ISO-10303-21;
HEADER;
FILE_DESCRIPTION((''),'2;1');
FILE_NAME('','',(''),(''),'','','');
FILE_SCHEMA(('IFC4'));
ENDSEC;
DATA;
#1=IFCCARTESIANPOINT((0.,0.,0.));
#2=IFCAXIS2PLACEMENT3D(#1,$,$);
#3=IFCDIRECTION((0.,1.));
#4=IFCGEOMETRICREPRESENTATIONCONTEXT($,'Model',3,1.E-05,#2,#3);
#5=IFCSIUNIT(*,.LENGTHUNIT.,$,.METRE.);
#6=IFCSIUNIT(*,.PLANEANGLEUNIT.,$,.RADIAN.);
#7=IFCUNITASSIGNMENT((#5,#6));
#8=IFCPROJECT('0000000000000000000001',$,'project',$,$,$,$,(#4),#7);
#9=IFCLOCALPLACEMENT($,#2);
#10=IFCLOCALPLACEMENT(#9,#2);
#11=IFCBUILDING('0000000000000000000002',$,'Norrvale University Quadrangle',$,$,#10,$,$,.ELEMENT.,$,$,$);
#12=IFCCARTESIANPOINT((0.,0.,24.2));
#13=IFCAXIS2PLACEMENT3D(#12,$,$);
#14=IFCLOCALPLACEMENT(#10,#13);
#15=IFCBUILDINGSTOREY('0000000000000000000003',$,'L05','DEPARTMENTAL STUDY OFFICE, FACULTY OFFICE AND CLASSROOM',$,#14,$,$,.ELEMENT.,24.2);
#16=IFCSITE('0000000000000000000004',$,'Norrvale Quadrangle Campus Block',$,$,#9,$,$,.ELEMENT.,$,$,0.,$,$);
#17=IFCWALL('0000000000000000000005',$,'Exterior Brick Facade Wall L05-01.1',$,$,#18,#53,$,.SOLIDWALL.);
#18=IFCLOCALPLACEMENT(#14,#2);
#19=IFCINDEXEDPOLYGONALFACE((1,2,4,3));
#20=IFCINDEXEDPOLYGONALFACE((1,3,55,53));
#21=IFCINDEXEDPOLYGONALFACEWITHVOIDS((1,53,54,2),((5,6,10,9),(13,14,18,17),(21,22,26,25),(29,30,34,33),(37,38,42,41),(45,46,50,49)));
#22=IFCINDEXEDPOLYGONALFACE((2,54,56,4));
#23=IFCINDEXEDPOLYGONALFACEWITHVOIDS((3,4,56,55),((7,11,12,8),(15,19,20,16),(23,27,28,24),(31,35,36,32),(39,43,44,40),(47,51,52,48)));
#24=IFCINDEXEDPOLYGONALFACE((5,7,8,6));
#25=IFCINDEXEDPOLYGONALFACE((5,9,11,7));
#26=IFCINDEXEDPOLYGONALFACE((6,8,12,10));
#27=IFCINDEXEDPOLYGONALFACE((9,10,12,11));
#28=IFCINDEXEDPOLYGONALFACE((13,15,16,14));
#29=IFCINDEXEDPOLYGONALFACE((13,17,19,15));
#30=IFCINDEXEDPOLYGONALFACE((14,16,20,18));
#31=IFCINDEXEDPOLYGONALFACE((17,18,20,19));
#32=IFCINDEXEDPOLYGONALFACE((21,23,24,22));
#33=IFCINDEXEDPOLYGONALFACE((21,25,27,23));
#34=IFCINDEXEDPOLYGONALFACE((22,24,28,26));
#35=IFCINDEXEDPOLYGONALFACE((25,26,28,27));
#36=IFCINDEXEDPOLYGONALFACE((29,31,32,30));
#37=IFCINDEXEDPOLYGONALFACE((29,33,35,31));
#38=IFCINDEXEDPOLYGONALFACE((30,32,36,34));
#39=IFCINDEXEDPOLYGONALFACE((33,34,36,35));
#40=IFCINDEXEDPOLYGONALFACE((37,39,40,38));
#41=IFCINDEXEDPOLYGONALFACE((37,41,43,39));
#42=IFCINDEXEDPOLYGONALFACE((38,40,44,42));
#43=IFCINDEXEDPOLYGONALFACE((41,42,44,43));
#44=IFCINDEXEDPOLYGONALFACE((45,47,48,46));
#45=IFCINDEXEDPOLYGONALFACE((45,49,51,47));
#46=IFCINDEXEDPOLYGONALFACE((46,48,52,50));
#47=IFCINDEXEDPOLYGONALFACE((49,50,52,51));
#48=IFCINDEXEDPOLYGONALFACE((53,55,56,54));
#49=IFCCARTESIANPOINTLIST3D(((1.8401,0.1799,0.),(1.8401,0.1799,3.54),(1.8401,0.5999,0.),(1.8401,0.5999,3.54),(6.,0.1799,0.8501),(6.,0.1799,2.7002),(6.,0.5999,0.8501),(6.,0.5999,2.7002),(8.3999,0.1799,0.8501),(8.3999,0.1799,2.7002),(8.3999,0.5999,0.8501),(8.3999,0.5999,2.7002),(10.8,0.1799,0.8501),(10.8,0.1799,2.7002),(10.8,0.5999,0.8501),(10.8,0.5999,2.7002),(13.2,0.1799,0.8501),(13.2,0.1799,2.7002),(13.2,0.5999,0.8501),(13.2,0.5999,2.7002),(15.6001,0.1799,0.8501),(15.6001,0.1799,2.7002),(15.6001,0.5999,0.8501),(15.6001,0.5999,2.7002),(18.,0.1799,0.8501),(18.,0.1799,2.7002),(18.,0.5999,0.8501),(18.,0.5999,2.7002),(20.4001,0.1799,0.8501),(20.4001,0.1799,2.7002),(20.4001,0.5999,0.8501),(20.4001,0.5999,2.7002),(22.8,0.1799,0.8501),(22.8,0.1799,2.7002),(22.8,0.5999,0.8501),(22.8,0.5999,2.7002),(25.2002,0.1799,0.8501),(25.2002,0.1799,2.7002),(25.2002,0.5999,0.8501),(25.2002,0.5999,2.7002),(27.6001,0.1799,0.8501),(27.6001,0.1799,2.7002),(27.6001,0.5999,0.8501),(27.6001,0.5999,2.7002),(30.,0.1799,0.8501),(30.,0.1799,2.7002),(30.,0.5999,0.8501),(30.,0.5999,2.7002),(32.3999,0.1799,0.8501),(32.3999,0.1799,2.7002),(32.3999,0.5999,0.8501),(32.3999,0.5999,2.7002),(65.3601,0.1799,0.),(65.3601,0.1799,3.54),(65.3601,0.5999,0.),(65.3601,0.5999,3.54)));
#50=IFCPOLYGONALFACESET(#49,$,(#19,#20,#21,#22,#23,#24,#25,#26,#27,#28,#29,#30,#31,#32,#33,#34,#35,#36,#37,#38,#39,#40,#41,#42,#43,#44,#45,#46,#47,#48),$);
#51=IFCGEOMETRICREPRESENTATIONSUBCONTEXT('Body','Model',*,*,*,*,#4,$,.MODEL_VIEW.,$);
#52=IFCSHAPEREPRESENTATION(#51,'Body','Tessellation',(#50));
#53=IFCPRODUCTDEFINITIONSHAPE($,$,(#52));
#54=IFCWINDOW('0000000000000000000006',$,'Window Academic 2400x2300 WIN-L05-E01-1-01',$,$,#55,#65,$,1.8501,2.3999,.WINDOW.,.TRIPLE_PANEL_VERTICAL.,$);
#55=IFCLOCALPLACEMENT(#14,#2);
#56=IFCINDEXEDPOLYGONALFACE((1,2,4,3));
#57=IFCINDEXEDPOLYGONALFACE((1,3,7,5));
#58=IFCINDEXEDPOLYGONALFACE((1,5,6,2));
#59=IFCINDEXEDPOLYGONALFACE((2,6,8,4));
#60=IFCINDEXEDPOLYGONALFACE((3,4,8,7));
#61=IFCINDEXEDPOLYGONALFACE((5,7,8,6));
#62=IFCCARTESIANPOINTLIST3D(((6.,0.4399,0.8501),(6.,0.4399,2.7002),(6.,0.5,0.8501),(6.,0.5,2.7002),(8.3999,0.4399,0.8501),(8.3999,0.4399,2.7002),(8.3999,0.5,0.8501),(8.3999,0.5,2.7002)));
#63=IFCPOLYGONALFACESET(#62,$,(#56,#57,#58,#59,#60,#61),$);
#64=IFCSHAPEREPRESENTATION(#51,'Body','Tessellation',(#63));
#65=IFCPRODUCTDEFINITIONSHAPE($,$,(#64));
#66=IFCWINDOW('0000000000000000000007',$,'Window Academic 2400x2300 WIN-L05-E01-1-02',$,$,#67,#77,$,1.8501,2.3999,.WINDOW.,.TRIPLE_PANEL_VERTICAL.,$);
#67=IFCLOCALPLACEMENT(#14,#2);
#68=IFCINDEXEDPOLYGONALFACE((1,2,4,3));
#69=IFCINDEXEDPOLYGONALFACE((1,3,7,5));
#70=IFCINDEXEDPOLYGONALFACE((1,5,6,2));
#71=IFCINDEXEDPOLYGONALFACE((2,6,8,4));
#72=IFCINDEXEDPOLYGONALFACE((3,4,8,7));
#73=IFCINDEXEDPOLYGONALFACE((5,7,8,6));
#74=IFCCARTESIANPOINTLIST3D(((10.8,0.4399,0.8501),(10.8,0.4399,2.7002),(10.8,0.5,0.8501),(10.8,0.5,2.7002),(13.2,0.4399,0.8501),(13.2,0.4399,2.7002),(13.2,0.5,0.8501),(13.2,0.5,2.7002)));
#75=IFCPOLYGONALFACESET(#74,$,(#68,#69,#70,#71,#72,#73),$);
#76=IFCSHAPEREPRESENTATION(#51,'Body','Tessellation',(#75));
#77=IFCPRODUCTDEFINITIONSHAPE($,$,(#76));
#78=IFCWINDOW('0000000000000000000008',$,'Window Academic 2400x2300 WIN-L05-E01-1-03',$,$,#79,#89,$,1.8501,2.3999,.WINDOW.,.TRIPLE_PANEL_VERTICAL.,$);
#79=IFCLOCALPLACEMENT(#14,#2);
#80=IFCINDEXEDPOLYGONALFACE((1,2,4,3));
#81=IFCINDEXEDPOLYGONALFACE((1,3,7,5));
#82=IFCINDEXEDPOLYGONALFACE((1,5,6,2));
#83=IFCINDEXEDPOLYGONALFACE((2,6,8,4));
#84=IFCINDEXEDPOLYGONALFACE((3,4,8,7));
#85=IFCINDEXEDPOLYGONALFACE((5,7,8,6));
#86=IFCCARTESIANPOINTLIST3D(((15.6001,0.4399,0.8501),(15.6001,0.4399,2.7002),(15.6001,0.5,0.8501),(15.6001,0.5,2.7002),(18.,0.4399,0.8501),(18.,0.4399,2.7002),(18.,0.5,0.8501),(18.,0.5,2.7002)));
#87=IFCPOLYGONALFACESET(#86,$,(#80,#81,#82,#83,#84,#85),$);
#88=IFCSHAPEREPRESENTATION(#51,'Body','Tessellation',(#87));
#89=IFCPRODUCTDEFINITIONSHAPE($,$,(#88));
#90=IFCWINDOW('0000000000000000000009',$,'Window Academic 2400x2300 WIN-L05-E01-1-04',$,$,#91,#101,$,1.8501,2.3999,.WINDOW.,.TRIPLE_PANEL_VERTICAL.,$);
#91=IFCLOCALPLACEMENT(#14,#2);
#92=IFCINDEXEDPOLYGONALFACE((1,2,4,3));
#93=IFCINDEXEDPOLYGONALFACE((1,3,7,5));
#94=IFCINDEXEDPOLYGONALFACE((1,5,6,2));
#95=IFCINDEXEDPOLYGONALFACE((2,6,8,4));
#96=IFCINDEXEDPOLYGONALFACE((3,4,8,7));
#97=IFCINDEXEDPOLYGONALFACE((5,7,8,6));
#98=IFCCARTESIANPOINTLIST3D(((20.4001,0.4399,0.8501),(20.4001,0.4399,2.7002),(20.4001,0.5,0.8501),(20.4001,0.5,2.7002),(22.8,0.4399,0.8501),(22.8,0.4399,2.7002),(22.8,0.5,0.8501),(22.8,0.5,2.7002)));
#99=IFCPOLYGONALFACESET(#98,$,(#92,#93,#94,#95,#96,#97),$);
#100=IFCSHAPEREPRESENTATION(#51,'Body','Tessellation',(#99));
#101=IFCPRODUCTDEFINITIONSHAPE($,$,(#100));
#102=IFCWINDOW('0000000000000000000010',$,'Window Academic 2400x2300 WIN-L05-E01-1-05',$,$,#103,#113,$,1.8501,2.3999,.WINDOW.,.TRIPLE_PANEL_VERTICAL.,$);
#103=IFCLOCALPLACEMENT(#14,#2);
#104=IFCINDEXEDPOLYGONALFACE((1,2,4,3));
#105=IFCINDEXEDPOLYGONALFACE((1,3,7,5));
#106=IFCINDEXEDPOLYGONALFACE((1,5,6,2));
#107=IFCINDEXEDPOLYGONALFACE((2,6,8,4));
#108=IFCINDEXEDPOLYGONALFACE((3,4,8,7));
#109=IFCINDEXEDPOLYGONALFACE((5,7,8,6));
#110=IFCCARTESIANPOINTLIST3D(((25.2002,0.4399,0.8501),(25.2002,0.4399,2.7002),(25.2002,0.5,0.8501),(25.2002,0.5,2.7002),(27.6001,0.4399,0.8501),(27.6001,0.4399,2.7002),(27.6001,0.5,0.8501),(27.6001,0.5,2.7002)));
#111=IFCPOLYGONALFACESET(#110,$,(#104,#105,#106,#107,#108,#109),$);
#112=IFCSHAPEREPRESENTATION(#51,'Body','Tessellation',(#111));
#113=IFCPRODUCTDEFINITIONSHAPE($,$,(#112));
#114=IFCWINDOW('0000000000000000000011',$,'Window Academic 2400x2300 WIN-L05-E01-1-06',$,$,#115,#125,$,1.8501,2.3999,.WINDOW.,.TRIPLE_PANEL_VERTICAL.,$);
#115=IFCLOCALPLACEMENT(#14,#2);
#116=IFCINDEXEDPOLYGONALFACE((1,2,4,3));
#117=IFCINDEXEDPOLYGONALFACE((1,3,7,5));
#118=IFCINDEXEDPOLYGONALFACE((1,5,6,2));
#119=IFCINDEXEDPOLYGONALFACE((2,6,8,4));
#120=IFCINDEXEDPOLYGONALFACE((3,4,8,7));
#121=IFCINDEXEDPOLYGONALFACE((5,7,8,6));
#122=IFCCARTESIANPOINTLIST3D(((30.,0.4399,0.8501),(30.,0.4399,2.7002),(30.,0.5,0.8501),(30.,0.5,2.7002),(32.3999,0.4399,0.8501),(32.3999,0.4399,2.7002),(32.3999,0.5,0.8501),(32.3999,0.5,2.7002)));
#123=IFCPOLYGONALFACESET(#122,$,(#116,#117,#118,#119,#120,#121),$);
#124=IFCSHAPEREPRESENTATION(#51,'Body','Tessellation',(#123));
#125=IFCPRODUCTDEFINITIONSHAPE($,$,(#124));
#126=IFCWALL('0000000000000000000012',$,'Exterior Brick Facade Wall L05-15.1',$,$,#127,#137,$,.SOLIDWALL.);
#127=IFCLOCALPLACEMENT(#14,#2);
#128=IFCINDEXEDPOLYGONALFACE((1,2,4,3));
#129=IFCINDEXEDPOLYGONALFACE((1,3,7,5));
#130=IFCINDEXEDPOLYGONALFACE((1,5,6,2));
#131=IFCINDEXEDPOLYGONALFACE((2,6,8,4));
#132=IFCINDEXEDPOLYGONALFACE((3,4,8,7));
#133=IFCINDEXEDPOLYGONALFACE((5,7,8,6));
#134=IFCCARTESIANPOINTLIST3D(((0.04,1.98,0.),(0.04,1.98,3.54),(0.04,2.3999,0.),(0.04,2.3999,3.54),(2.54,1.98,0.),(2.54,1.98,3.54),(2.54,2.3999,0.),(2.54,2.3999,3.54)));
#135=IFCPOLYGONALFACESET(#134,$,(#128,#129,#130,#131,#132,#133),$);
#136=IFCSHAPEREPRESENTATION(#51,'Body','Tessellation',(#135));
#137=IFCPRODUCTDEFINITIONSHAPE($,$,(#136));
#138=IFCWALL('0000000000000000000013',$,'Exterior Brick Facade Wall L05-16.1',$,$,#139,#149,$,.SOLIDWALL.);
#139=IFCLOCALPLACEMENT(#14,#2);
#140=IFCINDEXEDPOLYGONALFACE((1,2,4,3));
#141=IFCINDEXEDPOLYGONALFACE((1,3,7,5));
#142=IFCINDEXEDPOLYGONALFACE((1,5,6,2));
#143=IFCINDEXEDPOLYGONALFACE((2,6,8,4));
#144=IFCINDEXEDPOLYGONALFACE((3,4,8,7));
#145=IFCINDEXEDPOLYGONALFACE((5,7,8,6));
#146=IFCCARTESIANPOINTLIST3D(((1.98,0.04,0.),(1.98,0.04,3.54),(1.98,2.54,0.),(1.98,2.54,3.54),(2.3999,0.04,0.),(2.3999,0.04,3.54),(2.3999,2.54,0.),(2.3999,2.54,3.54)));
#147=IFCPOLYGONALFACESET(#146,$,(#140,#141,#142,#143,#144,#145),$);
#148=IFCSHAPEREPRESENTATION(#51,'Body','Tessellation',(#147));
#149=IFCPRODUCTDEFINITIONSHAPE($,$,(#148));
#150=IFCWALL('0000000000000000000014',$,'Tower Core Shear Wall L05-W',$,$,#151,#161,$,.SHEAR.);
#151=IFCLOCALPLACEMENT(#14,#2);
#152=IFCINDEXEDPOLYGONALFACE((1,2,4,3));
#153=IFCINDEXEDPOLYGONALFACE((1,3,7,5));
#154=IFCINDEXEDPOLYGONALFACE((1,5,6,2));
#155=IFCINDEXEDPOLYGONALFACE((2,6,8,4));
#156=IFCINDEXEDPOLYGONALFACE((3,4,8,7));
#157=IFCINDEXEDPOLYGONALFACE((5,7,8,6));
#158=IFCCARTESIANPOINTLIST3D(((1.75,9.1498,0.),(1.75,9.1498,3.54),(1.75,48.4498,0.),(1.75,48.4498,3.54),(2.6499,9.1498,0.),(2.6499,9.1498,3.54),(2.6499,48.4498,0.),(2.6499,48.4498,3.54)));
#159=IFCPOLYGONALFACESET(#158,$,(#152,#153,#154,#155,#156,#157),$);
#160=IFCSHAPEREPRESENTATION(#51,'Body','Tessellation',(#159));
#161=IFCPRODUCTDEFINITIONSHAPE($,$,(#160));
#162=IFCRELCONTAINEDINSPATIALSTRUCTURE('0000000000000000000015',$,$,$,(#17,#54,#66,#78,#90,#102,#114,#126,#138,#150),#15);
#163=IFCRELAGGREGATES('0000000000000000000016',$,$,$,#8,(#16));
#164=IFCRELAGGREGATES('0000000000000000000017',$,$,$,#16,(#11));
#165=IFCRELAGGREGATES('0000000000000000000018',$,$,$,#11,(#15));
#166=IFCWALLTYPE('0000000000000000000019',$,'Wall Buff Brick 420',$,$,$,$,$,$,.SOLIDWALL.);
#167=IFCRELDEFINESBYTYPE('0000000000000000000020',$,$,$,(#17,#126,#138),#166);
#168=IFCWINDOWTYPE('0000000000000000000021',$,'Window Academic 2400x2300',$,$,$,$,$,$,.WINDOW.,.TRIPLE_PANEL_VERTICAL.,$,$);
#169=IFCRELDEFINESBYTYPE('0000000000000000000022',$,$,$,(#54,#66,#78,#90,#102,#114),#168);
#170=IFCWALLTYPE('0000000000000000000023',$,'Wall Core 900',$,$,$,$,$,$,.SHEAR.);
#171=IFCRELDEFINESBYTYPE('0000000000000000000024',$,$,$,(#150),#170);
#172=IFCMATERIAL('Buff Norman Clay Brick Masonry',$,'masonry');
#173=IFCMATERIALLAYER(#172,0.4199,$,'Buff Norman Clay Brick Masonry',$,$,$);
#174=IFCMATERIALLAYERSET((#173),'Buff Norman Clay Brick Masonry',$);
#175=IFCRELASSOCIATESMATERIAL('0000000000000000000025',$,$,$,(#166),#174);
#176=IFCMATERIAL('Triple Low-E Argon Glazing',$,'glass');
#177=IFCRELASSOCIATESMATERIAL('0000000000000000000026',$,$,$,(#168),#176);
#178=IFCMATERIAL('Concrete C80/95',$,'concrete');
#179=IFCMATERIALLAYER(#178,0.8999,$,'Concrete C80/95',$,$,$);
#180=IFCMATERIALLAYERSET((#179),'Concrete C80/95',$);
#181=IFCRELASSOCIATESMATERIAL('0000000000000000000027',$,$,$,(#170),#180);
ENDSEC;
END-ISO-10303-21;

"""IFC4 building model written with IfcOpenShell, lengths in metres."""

from ifc_helpers import new_model, si_unit, direction, frame, frame_2d, origin, place, context, subcontext, project, spatial, rectangle, extrude, material, layer, layer_set, type_object, element, fill, save


model = new_model("IFC4")

# Units and contexts
model_context = context("Model", 3, precision=1e-05, world=origin(), true_north=direction((0.0, 1.0)))
body_context = subcontext(model_context, "Body", "Model", "MODEL_VIEW")
ifc_project = project(units=[si_unit("LENGTHUNIT", "METRE"), si_unit("PLANEANGLEUNIT", "RADIAN")], contexts=[model_context])

# Site, building, storey
site_placement = place(None, origin())
site = spatial("IfcSite", under=ifc_project, at=site_placement, Name="Norrvale Quadrangle Campus Block", CompositionType="ELEMENT", RefElevation=0.0)
building_placement = place(site_placement, origin())
building = spatial("IfcBuilding", under=site, at=building_placement, Name="Norrvale University Quadrangle", CompositionType="ELEMENT")
storey_placement = place(building_placement, frame((0.0, 0.0, 24.2)))
storey = spatial("IfcBuildingStorey", under=building, at=storey_placement, Name="L05", Description="DEPARTMENTAL STUDY OFFICE, FACULTY OFFICE AND CLASSROOM", CompositionType="ELEMENT", Elevation=24.2)

# Shared definitions
ifc_material_1 = material(Name="Concrete C80/95", Category="concrete")

# Wall, openings, windows
ifc_material_2 = material(Name="Buff Norman Clay Brick Masonry", Category="masonry")
ifc_layer_1 = layer(ifc_material_2, 0.4199, Name="Buff Norman Clay Brick Masonry")
ifc_layer_set_1 = layer_set([ifc_layer_1], Name="Buff Norman Clay Brick Masonry")
wall_type_1 = type_object("IfcWallType", Name="Wall Buff Brick 420", PredefinedType="SOLIDWALL", material=ifc_layer_set_1)
wall_1_placement = place(storey_placement, frame((1.8401, 0.3899, 0.0), z_axis=(0.0, 0.0, 1.0), x_axis=(1.0, 0.0, 0.0)))
wall_1 = element("IfcWall", 1, at=wall_1_placement, inside=storey, type_object=wall_type_1, Name="Exterior Brick Facade Wall L05-01.1", PredefinedType="SOLIDWALL", context=body_context, shape_type="SweptSolid", body=[
    extrude(rectangle(XDim=63.52, YDim=0.4199, at=frame_2d((31.76, 0.0))), origin(), (0.0, 0.0, 1.0), 3.54),
])
opening_1_placement = place(wall_1_placement, frame((4.1599, 0.0, 0.8501)))
opening_1 = element("IfcOpeningElement", 2, at=opening_1_placement, cuts=wall_1, PredefinedType="OPENING", context=body_context, shape_type="SweptSolid", body=[
    extrude(rectangle(XDim=2.3999, YDim=1.8501, at=frame_2d((1.2, 0.925))), frame((0.0, 0.2219, 0.0), z_axis=(0.0, -1.0, 0.0), x_axis=(1.0, 0.0, 0.0)), (0.0, 0.0, 1.0), 0.4438),
])
opening_2_placement = place(wall_1_placement, frame((8.96, 0.0, 0.8501)))
opening_2 = element("IfcOpeningElement", 3, at=opening_2_placement, cuts=wall_1, PredefinedType="OPENING", context=body_context, shape_type="SweptSolid", body=[
    extrude(rectangle(XDim=2.3999, YDim=1.8501, at=frame_2d((1.2, 0.925))), frame((0.0, 0.2219, 0.0), z_axis=(0.0, -1.0, 0.0), x_axis=(1.0, 0.0, 0.0)), (0.0, 0.0, 1.0), 0.4438),
])
opening_3_placement = place(wall_1_placement, frame((13.76, 0.0, 0.8501)))
opening_3 = element("IfcOpeningElement", 4, at=opening_3_placement, cuts=wall_1, PredefinedType="OPENING", context=body_context, shape_type="SweptSolid", body=[
    extrude(rectangle(XDim=2.3999, YDim=1.8501, at=frame_2d((1.2, 0.925))), frame((0.0, 0.2219, 0.0), z_axis=(0.0, -1.0, 0.0), x_axis=(1.0, 0.0, 0.0)), (0.0, 0.0, 1.0), 0.4438),
])
opening_4_placement = place(wall_1_placement, frame((18.5601, 0.0, 0.8501)))
opening_4 = element("IfcOpeningElement", 5, at=opening_4_placement, cuts=wall_1, PredefinedType="OPENING", context=body_context, shape_type="SweptSolid", body=[
    extrude(rectangle(XDim=2.3999, YDim=1.8501, at=frame_2d((1.2, 0.925))), frame((0.0, 0.2219, 0.0), z_axis=(0.0, -1.0, 0.0), x_axis=(1.0, 0.0, 0.0)), (0.0, 0.0, 1.0), 0.4438),
])
opening_5_placement = place(wall_1_placement, frame((23.3601, 0.0, 0.8501)))
opening_5 = element("IfcOpeningElement", 6, at=opening_5_placement, cuts=wall_1, PredefinedType="OPENING", context=body_context, shape_type="SweptSolid", body=[
    extrude(rectangle(XDim=2.3999, YDim=1.8501, at=frame_2d((1.2, 0.925))), frame((0.0, 0.2219, 0.0), z_axis=(0.0, -1.0, 0.0), x_axis=(1.0, 0.0, 0.0)), (0.0, 0.0, 1.0), 0.4438),
])
opening_6_placement = place(wall_1_placement, frame((28.1599, 0.0, 0.8501)))
opening_6 = element("IfcOpeningElement", 7, at=opening_6_placement, cuts=wall_1, PredefinedType="OPENING", context=body_context, shape_type="SweptSolid", body=[
    extrude(rectangle(XDim=2.3999, YDim=1.8501, at=frame_2d((1.2, 0.925))), frame((0.0, 0.2219, 0.0), z_axis=(0.0, -1.0, 0.0), x_axis=(1.0, 0.0, 0.0)), (0.0, 0.0, 1.0), 0.4438),
])
ifc_material_3 = material(Name="Triple Low-E Argon Glazing", Category="glass")
window_type = type_object("IfcWindowType", Name="Window Academic 2400x2300", PartitioningType="TRIPLE_PANEL_VERTICAL", PredefinedType="WINDOW", material=ifc_material_3)
window_1_placement = place(opening_1_placement, origin())
window_1 = element("IfcWindow", 8, at=window_1_placement, inside=storey, type_object=window_type, Name="Window Academic 2400x2300 WIN-L05-E01-1-01", OverallHeight=1.8501, OverallWidth=2.3999, PartitioningType="TRIPLE_PANEL_VERTICAL", PredefinedType="WINDOW", context=body_context, shape_type="SweptSolid", body=[
    extrude(rectangle(XDim=2.3999, YDim=1.8501, at=frame_2d((1.2, 0.925))), frame((0.0, 0.1101, 0.0), z_axis=(0.0, -1.0, 0.0), x_axis=(1.0, 0.0, 0.0)), (0.0, 0.0, 1.0), 0.0601),
])
fill(opening_1, window_1)
window_2_placement = place(opening_2_placement, origin())
window_2 = element("IfcWindow", 9, at=window_2_placement, inside=storey, type_object=window_type, Name="Window Academic 2400x2300 WIN-L05-E01-1-02", OverallHeight=1.8501, OverallWidth=2.3999, PartitioningType="TRIPLE_PANEL_VERTICAL", PredefinedType="WINDOW", context=body_context, shape_type="SweptSolid", body=[
    extrude(rectangle(XDim=2.3999, YDim=1.8501, at=frame_2d((1.2, 0.925))), frame((0.0, 0.1101, 0.0), z_axis=(0.0, -1.0, 0.0), x_axis=(1.0, 0.0, 0.0)), (0.0, 0.0, 1.0), 0.0601),
])
fill(opening_2, window_2)
window_3_placement = place(opening_3_placement, origin())
window_3 = element("IfcWindow", 10, at=window_3_placement, inside=storey, type_object=window_type, Name="Window Academic 2400x2300 WIN-L05-E01-1-03", OverallHeight=1.8501, OverallWidth=2.3999, PartitioningType="TRIPLE_PANEL_VERTICAL", PredefinedType="WINDOW", context=body_context, shape_type="SweptSolid", body=[
    extrude(rectangle(XDim=2.3999, YDim=1.8501, at=frame_2d((1.2, 0.925))), frame((0.0, 0.1101, 0.0), z_axis=(0.0, -1.0, 0.0), x_axis=(1.0, 0.0, 0.0)), (0.0, 0.0, 1.0), 0.0601),
])
fill(opening_3, window_3)
window_4_placement = place(opening_4_placement, origin())
window_4 = element("IfcWindow", 11, at=window_4_placement, inside=storey, type_object=window_type, Name="Window Academic 2400x2300 WIN-L05-E01-1-04", OverallHeight=1.8501, OverallWidth=2.3999, PartitioningType="TRIPLE_PANEL_VERTICAL", PredefinedType="WINDOW", context=body_context, shape_type="SweptSolid", body=[
    extrude(rectangle(XDim=2.3999, YDim=1.8501, at=frame_2d((1.2, 0.925))), frame((0.0, 0.1101, 0.0), z_axis=(0.0, -1.0, 0.0), x_axis=(1.0, 0.0, 0.0)), (0.0, 0.0, 1.0), 0.0601),
])
fill(opening_4, window_4)
window_5_placement = place(opening_5_placement, origin())
window_5 = element("IfcWindow", 12, at=window_5_placement, inside=storey, type_object=window_type, Name="Window Academic 2400x2300 WIN-L05-E01-1-05", OverallHeight=1.8501, OverallWidth=2.3999, PartitioningType="TRIPLE_PANEL_VERTICAL", PredefinedType="WINDOW", context=body_context, shape_type="SweptSolid", body=[
    extrude(rectangle(XDim=2.3999, YDim=1.8501, at=frame_2d((1.2, 0.925))), frame((0.0, 0.1101, 0.0), z_axis=(0.0, -1.0, 0.0), x_axis=(1.0, 0.0, 0.0)), (0.0, 0.0, 1.0), 0.0601),
])
fill(opening_5, window_5)
window_6_placement = place(opening_6_placement, origin())
window_6 = element("IfcWindow", 13, at=window_6_placement, inside=storey, type_object=window_type, Name="Window Academic 2400x2300 WIN-L05-E01-1-06", OverallHeight=1.8501, OverallWidth=2.3999, PartitioningType="TRIPLE_PANEL_VERTICAL", PredefinedType="WINDOW", context=body_context, shape_type="SweptSolid", body=[
    extrude(rectangle(XDim=2.3999, YDim=1.8501, at=frame_2d((1.2, 0.925))), frame((0.0, 0.1101, 0.0), z_axis=(0.0, -1.0, 0.0), x_axis=(1.0, 0.0, 0.0)), (0.0, 0.0, 1.0), 0.0601),
])
fill(opening_6, window_6)

# Walls
for number, where, z_axis, x_axis, name in (
    (14, (0.04, 2.1899, 0.0), (0.0, 0.0, 1.0), (1.0, 0.0, 0.0), "Exterior Brick Facade Wall L05-15.1"),
    (15, (2.1899, 2.54, 0.0), (0.0, 0.0, 1.0), (0.0, -1.0, 0.0), "Exterior Brick Facade Wall L05-16.1"),
):
    element("IfcWall", number, at=place(storey_placement, frame(where, z_axis=z_axis, x_axis=x_axis)), inside=storey, type_object=wall_type_1, Name=name, PredefinedType="SOLIDWALL", context=body_context, shape_type="SweptSolid", body=[
        extrude(rectangle(XDim=2.5, YDim=0.4199, at=frame_2d((1.25, 0.0))), origin(), (0.0, 0.0, 1.0), 3.54),
    ])
ifc_layer_2 = layer(ifc_material_1, 0.8999, Name="Concrete C80/95")
ifc_layer_set_2 = layer_set([ifc_layer_2], Name="Concrete C80/95")
wall_type_2 = type_object("IfcWallType", Name="Wall Core 900", PredefinedType="SHEAR", material=ifc_layer_set_2)
wall_2_placement = place(storey_placement, frame((2.2, 9.1499, 0.0), z_axis=(0.0, 0.0, 1.0), x_axis=(0.0, 1.0, 0.0)))
element("IfcWall", 16, at=wall_2_placement, inside=storey, type_object=wall_type_2, Name="Tower Core Shear Wall L05-W", PredefinedType="SHEAR", context=body_context, shape_type="SweptSolid", body=[
    extrude(rectangle(XDim=39.3, YDim=0.8999, at=frame_2d((19.6499, 0.0))), origin(), (0.0, 0.0, 1.0), 3.54),
])

save(model, "model.ifc")
